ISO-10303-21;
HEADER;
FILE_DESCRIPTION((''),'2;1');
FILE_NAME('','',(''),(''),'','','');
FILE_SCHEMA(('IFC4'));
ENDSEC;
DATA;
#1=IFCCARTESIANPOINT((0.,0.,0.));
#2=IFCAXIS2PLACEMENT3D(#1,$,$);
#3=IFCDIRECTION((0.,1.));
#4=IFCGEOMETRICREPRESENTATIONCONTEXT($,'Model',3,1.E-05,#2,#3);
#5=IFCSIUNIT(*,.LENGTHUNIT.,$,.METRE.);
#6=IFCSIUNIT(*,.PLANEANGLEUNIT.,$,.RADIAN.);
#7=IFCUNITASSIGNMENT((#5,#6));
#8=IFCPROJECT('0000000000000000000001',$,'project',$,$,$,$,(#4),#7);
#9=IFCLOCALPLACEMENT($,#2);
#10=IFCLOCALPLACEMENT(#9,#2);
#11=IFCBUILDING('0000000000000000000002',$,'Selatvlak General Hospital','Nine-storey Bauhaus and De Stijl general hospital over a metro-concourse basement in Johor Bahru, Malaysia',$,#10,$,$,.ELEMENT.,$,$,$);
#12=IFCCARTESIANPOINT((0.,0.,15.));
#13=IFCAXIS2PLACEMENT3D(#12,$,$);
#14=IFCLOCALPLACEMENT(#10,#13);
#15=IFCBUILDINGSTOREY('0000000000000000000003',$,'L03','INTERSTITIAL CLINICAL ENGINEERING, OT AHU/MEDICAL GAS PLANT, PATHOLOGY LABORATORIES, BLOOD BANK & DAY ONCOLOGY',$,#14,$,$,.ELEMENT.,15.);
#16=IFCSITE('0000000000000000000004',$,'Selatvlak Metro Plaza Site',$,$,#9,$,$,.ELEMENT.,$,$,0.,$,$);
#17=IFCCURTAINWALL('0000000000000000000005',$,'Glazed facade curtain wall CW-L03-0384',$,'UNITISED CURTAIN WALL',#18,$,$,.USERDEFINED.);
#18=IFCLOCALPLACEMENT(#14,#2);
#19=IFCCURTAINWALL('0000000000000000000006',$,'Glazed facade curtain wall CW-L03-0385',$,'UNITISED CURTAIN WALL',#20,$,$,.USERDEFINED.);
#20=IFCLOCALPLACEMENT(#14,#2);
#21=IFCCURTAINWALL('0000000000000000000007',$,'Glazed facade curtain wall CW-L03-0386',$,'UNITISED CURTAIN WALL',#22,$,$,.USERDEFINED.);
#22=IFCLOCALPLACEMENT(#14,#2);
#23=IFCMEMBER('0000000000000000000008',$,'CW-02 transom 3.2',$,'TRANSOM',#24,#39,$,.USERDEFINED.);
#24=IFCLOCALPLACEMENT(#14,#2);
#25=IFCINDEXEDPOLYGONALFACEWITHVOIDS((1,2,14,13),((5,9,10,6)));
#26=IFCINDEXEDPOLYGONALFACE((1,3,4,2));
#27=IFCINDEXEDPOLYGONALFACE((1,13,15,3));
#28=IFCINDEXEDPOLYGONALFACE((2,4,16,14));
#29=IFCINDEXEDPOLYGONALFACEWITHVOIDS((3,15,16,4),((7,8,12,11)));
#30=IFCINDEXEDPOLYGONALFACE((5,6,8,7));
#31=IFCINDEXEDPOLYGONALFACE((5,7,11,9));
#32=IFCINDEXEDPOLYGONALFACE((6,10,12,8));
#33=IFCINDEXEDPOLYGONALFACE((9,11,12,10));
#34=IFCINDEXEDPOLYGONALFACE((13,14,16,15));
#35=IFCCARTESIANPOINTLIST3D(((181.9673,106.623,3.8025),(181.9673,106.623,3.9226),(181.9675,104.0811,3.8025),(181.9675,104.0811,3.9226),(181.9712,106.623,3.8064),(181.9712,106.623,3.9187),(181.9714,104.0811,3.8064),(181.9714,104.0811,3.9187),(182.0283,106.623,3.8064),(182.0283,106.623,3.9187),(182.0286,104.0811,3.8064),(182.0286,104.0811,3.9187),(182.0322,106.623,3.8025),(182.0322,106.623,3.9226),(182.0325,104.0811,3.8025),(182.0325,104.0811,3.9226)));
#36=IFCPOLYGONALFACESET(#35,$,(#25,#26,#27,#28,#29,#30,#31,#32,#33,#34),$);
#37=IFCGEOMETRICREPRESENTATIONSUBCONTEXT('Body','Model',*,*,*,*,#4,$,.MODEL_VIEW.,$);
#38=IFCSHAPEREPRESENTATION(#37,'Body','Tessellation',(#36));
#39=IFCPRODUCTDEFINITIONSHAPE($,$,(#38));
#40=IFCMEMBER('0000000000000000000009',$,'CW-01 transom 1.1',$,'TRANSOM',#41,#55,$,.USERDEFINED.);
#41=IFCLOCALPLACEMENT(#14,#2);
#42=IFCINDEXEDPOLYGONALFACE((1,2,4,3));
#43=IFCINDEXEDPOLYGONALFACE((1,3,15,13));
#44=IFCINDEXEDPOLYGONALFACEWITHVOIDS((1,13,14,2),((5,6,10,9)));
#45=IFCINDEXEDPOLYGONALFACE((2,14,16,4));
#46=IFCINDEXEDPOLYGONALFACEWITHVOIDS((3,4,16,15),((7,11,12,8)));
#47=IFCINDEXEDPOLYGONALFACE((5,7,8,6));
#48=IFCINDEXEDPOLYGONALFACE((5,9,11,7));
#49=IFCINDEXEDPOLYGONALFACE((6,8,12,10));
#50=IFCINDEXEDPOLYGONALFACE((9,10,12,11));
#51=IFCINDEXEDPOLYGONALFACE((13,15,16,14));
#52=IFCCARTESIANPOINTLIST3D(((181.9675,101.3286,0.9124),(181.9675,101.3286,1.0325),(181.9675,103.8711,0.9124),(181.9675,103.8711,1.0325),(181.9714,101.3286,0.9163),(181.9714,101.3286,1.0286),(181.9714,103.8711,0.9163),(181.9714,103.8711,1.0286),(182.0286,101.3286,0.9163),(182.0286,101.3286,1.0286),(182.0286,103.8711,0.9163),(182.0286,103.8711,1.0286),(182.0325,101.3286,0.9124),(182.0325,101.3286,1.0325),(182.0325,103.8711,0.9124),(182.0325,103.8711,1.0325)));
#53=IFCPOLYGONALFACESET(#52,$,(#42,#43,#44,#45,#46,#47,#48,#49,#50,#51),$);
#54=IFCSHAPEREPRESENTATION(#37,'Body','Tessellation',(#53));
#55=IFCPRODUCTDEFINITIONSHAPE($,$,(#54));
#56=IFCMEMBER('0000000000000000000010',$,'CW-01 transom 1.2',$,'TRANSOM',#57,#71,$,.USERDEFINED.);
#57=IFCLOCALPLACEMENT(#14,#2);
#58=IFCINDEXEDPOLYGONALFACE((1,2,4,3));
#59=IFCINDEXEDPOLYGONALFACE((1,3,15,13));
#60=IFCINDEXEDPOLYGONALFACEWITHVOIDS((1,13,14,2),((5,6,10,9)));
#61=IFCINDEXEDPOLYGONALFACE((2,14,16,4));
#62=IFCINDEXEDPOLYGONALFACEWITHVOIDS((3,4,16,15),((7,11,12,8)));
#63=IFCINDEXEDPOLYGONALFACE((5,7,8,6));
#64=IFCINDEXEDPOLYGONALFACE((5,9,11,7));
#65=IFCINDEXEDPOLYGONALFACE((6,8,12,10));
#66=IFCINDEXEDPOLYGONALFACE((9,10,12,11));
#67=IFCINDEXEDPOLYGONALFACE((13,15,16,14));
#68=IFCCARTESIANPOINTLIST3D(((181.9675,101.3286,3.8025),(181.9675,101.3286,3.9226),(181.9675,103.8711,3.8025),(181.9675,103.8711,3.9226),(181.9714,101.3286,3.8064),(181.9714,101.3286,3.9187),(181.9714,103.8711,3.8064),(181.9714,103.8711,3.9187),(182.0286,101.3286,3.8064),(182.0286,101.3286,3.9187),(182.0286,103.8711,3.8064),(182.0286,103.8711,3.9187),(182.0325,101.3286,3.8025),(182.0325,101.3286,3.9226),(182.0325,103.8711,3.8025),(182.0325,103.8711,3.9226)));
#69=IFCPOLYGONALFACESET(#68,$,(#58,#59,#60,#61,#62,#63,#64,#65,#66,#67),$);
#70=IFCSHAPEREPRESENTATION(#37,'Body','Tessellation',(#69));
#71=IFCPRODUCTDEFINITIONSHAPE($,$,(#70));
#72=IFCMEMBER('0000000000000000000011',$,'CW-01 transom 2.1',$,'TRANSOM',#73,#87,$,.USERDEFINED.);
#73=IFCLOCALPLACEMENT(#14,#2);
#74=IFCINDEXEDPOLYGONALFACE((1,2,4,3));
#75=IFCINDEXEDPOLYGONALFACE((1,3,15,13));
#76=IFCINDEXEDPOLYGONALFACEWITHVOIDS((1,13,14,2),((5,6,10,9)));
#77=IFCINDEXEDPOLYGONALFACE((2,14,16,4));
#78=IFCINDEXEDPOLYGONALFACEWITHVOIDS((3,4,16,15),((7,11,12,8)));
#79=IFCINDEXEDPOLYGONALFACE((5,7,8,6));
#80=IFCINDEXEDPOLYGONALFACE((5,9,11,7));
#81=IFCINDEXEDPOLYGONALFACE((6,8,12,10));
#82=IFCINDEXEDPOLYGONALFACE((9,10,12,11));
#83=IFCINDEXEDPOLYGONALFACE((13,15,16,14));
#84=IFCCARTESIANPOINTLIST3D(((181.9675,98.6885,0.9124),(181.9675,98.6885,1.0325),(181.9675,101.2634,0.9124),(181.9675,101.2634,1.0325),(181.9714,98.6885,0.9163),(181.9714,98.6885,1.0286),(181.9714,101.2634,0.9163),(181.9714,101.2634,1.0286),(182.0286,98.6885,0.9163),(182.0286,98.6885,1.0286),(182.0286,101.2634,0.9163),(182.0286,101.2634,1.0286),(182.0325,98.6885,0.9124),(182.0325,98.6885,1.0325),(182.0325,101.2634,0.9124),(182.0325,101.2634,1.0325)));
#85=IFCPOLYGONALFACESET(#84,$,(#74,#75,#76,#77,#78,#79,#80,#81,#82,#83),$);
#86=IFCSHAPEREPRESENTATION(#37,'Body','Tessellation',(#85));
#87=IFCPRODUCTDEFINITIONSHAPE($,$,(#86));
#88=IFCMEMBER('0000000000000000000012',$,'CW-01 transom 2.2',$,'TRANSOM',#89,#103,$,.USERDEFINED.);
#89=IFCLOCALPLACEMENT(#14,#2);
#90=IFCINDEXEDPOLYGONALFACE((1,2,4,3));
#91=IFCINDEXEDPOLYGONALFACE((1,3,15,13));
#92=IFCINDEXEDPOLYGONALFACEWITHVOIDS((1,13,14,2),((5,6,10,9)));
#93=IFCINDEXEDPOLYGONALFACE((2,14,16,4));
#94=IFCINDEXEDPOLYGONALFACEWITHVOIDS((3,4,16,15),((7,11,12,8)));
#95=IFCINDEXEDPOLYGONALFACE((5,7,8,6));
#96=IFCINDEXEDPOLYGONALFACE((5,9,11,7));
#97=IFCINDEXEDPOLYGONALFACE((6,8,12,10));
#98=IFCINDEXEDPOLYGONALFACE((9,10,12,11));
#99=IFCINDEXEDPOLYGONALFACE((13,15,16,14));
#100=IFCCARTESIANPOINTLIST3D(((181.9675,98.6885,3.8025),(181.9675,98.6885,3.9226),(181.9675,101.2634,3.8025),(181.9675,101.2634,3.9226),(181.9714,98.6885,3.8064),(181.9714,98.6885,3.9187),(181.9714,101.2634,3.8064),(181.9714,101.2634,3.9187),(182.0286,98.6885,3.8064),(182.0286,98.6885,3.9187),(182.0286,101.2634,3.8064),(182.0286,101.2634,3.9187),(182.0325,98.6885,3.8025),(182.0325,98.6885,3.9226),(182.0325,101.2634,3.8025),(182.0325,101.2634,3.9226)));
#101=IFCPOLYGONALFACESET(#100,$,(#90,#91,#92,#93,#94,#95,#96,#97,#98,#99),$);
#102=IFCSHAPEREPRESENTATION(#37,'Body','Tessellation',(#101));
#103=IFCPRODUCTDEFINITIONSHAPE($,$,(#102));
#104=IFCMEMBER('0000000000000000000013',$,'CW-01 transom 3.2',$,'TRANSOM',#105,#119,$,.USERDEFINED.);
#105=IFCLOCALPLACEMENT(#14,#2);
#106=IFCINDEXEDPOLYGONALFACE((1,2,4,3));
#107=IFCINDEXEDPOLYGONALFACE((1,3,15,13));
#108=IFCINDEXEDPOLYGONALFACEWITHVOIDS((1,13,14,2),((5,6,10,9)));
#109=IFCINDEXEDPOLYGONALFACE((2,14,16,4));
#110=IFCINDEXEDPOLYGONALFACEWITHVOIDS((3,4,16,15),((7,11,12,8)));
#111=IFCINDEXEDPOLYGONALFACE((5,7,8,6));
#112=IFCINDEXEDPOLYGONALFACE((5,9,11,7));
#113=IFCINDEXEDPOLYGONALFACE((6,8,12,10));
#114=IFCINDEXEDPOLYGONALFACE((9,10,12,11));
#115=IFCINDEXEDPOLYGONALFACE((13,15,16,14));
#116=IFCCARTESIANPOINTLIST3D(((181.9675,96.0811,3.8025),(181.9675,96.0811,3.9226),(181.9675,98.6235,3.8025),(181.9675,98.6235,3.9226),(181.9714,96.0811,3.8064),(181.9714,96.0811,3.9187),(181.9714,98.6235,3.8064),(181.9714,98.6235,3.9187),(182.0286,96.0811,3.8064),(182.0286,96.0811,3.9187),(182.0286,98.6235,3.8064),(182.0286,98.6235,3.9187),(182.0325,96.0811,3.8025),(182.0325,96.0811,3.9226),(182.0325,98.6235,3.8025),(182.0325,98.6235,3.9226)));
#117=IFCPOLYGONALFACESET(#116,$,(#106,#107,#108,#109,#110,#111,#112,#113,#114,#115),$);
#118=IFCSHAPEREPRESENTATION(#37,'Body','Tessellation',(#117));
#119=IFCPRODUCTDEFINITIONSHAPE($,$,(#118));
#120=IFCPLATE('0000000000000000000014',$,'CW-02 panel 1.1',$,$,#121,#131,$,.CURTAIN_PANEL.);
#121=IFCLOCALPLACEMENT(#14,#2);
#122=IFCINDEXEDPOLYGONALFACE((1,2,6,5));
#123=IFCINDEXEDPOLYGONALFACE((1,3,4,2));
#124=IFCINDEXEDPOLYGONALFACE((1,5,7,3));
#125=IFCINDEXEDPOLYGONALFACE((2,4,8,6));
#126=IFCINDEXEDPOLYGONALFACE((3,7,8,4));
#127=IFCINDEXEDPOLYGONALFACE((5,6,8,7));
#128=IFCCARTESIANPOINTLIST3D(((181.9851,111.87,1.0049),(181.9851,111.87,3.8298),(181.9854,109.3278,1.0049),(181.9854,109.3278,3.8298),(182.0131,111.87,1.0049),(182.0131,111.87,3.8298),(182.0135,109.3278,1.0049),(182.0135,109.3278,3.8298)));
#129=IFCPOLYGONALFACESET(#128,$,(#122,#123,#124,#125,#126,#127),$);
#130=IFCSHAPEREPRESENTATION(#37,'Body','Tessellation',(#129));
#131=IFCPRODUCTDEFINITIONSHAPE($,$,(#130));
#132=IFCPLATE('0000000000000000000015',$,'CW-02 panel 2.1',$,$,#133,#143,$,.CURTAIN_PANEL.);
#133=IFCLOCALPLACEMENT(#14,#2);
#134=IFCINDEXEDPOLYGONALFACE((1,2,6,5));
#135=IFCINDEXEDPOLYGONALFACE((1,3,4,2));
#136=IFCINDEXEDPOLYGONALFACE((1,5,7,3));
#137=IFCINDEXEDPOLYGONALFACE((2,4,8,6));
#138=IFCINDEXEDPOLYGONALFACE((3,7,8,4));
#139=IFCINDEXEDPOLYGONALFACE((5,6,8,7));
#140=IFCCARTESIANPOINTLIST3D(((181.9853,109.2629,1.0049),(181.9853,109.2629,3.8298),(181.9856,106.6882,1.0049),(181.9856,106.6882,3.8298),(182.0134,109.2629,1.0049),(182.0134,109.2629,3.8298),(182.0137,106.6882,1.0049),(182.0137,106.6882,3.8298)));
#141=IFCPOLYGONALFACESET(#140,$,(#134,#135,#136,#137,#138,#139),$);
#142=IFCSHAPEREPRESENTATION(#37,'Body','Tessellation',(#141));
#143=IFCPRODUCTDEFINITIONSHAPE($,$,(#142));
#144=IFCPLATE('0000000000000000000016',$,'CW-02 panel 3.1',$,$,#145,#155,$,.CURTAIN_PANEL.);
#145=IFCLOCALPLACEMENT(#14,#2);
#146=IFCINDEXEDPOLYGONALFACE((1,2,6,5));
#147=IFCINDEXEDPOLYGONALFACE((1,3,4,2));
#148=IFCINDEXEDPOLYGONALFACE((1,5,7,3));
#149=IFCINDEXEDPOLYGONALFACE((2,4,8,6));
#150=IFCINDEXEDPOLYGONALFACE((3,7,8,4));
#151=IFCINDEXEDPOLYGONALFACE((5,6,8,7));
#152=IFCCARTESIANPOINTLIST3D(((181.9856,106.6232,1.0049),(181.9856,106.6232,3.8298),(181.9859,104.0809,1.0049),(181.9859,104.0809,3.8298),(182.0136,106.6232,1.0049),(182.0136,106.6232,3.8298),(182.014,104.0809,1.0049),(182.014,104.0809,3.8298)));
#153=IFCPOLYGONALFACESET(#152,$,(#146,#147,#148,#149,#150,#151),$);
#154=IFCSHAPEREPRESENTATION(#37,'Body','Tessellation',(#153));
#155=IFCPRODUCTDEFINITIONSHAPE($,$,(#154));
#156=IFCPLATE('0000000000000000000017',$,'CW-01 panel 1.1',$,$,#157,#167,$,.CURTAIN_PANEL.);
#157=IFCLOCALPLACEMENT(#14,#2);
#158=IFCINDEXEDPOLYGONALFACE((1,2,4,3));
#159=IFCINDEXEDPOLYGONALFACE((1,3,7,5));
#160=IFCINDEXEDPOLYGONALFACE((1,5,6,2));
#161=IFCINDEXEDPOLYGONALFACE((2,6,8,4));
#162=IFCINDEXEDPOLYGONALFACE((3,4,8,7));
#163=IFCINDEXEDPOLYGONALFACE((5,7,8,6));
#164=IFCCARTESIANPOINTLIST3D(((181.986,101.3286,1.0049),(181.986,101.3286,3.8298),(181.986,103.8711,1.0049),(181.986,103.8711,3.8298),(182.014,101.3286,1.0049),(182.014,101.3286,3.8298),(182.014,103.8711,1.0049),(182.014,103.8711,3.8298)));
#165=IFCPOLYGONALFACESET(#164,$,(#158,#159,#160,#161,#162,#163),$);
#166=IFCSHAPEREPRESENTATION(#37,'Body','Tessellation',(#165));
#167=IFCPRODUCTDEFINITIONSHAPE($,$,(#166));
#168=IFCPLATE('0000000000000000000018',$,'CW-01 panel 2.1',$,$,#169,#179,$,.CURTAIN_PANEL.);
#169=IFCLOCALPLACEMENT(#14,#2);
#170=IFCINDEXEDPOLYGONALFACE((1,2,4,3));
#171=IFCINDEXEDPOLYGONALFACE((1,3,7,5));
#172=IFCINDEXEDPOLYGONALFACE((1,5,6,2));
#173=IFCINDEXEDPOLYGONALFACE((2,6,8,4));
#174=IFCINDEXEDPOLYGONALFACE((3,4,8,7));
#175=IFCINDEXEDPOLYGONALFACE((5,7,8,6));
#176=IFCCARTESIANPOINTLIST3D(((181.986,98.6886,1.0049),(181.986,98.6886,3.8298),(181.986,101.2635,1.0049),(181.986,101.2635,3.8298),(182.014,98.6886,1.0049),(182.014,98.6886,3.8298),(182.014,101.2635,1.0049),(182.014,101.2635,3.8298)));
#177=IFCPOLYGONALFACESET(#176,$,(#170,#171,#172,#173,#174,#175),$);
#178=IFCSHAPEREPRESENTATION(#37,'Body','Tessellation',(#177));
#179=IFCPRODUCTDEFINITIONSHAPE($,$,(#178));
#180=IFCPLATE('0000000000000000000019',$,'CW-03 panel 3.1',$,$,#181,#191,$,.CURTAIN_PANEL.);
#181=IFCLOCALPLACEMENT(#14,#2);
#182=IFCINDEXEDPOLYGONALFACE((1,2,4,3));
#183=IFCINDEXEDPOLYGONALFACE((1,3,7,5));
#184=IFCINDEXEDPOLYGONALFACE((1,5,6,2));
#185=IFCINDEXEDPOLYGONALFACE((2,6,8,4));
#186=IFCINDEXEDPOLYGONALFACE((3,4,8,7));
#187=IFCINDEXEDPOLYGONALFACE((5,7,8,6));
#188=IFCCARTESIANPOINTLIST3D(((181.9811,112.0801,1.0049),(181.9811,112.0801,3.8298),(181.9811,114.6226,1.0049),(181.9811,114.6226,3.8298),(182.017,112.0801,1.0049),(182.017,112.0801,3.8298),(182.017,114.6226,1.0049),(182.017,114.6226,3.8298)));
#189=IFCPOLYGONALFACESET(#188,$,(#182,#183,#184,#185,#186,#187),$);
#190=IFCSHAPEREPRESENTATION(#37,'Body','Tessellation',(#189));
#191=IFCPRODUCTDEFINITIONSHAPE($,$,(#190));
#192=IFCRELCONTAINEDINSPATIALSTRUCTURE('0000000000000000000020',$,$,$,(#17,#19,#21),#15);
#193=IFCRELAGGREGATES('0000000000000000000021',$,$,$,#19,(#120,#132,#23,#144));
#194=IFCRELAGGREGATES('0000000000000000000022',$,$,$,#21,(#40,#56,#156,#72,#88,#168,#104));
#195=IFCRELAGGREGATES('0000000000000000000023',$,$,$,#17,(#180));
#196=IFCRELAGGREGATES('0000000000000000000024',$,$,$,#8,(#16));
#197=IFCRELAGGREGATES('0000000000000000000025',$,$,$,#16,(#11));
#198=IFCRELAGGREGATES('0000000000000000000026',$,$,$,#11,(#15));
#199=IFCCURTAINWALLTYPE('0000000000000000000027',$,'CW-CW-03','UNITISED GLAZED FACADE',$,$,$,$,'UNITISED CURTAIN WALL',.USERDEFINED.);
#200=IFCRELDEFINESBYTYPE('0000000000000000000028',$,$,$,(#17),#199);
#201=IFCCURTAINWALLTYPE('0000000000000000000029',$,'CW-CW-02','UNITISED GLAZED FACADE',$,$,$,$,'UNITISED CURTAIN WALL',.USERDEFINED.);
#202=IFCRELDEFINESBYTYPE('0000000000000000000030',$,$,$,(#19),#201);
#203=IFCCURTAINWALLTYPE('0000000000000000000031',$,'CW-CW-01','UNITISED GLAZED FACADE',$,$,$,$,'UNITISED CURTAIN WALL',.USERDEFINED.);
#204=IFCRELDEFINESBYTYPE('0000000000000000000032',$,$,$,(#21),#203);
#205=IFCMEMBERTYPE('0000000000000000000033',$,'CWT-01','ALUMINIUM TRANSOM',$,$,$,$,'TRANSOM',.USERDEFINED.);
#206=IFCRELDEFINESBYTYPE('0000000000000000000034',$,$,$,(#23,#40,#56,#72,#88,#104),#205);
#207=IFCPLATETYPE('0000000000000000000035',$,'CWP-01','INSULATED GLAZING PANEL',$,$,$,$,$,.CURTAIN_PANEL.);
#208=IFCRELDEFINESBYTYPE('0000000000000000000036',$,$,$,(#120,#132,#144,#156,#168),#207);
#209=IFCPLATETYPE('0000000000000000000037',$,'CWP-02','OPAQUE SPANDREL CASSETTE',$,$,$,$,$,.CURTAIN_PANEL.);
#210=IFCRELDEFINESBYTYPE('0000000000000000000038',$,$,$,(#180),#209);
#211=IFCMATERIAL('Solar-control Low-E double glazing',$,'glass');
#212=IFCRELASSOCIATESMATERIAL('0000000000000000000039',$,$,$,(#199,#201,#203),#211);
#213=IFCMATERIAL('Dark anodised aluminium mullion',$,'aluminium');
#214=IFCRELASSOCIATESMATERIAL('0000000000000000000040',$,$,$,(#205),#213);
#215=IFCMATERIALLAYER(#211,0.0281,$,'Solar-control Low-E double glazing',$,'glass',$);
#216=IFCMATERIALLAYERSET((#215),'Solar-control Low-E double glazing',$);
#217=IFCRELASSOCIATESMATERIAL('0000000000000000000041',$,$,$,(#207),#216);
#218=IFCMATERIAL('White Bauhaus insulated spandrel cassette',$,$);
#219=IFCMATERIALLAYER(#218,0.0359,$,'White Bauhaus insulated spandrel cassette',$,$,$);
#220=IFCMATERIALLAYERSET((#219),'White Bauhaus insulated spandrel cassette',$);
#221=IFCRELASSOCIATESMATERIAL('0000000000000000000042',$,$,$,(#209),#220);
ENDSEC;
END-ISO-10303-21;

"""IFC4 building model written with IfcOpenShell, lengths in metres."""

from ifc_helpers import new_model, si_unit, direction, frame, origin, origin_2d, place, context, subcontext, project, spatial, rectangle, hollow_rectangle, extrude, material, layer, layer_set, material_profile, profile_set, type_object, element, aggregate, save


model = new_model("IFC4")

# Units and contexts
model_context = context("Model", 3, precision=1e-05, world=origin(), true_north=direction((0.0, 1.0)))
body_context = subcontext(model_context, "Body", "Model", "MODEL_VIEW")
ifc_project = project(units=[si_unit("LENGTHUNIT", "METRE"), si_unit("PLANEANGLEUNIT", "RADIAN")], contexts=[model_context])

# Site, building, storey
site_placement = place(None, origin())
site = spatial("IfcSite", under=ifc_project, at=site_placement, Name="Selatvlak Metro Plaza Site", CompositionType="ELEMENT", RefElevation=0.0)
building_placement = place(site_placement, origin())
building = spatial("IfcBuilding", under=site, at=building_placement, Name="Selatvlak General Hospital", Description="Nine-storey Bauhaus and De Stijl general hospital over a metro-concourse basement in Johor Bahru, Malaysia", CompositionType="ELEMENT")
storey_placement = place(building_placement, frame((0.0, 0.0, 15.0)))
storey = spatial("IfcBuildingStorey", under=building, at=storey_placement, Name="L03", Description="INTERSTITIAL CLINICAL ENGINEERING, OT AHU/MEDICAL GAS PLANT, PATHOLOGY LABORATORIES, BLOOD BANK & DAY ONCOLOGY", CompositionType="ELEMENT", Elevation=15.0)

# Curtain wall
ifc_material_1 = material(Name="Solar-control Low-E double glazing", Category="glass")
curtain_wall_type_1 = type_object("IfcCurtainWallType", Name="CW-CW-03", Description="UNITISED GLAZED FACADE", ElementType="UNITISED CURTAIN WALL", PredefinedType="USERDEFINED", material=ifc_material_1)
curtain_wall_1_placement = place(storey_placement, origin())
curtain_wall_1 = element("IfcCurtainWall", 1, at=curtain_wall_1_placement, inside=storey, type_object=curtain_wall_type_1, Name="Glazed facade curtain wall CW-L03-0384", ObjectType="UNITISED CURTAIN WALL", PredefinedType="USERDEFINED")
ifc_material_2 = material(Name="Dark anodised aluminium mullion", Category="aluminium")

# Curtain walls
curtain_wall_type_2 = type_object("IfcCurtainWallType", Name="CW-CW-02", Description="UNITISED GLAZED FACADE", ElementType="UNITISED CURTAIN WALL", PredefinedType="USERDEFINED", material=ifc_material_1)
curtain_wall_2_placement = place(storey_placement, origin())
curtain_wall_2 = element("IfcCurtainWall", 2, at=curtain_wall_2_placement, inside=storey, type_object=curtain_wall_type_2, Name="Glazed facade curtain wall CW-L03-0385", ObjectType="UNITISED CURTAIN WALL", PredefinedType="USERDEFINED")
curtain_wall_type_3 = type_object("IfcCurtainWallType", Name="CW-CW-01", Description="UNITISED GLAZED FACADE", ElementType="UNITISED CURTAIN WALL", PredefinedType="USERDEFINED", material=ifc_material_1)
curtain_wall_3_placement = place(storey_placement, origin())
curtain_wall_3 = element("IfcCurtainWall", 3, at=curtain_wall_3_placement, inside=storey, type_object=curtain_wall_type_3, Name="Glazed facade curtain wall CW-L03-0386", ObjectType="UNITISED CURTAIN WALL", PredefinedType="USERDEFINED")

# Members
ifc_material_profile_1 = material_profile(ifc_material_2, hollow_rectangle(XDim=0.0649, YDim=0.1201, WallThickness=0.0039, at=origin_2d()), Name="AL-TRN 65x120x4")
ifc_profile_set_1 = profile_set([ifc_material_profile_1], Name="Dark anodised aluminium mullion")
member_type_1 = type_object("IfcMemberType", Name="CWT-01", Description="ALUMINIUM TRANSOM", ElementType="TRANSOM", PredefinedType="USERDEFINED", material=ifc_profile_set_1)
member_1_placement = place(storey_placement, frame((181.9998, 106.623, 3.8625), z_axis=(0.000096, -1.0, 0.0), x_axis=(1.0, 0.000096, 0.0)))
member_1 = element("IfcMember", 4, at=member_1_placement, type_object=member_type_1, Name="CW-02 transom 3.2", ObjectType="TRANSOM", PredefinedType="USERDEFINED", context=body_context, shape_type="SweptSolid", body=[
    extrude(hollow_rectangle(XDim=0.0649, YDim=0.1201, WallThickness=0.0039, at=origin_2d()), origin(), (0.0, 0.0, 1.0), 2.542),
])
member_2_placement = place(storey_placement, frame((182.0, 103.8711, 0.9724), z_axis=(0.0, -1.0, 0.0), x_axis=(1.0, 0.0, 0.0)))
member_2 = element("IfcMember", 5, at=member_2_placement, type_object=member_type_1, Name="CW-01 transom 1.1", ObjectType="TRANSOM", PredefinedType="USERDEFINED", context=body_context, shape_type="SweptSolid", body=[
    extrude(hollow_rectangle(XDim=0.0649, YDim=0.1201, WallThickness=0.0039, at=origin_2d()), origin(), (0.0, 0.0, 1.0), 2.5425),
])
member_3_placement = place(storey_placement, frame((182.0, 103.8711, 3.8625), z_axis=(0.0, -1.0, 0.0), x_axis=(1.0, 0.0, 0.0)))
member_3 = element("IfcMember", 6, at=member_3_placement, type_object=member_type_1, Name="CW-01 transom 1.2", ObjectType="TRANSOM", PredefinedType="USERDEFINED", context=body_context, shape_type="SweptSolid", body=[
    extrude(hollow_rectangle(XDim=0.0649, YDim=0.1201, WallThickness=0.0039, at=origin_2d()), origin(), (0.0, 0.0, 1.0), 2.5425),
])
member_4_placement = place(storey_placement, frame((182.0, 101.2634, 0.9724), z_axis=(0.0, -1.0, 0.0), x_axis=(1.0, 0.0, 0.0)))
member_4 = element("IfcMember", 7, at=member_4_placement, type_object=member_type_1, Name="CW-01 transom 2.1", ObjectType="TRANSOM", PredefinedType="USERDEFINED", context=body_context, shape_type="SweptSolid", body=[
    extrude(hollow_rectangle(XDim=0.0649, YDim=0.1201, WallThickness=0.0039, at=origin_2d()), origin(), (0.0, 0.0, 1.0), 2.575),
])
member_5_placement = place(storey_placement, frame((182.0, 101.2634, 3.8625), z_axis=(0.0, -1.0, 0.0), x_axis=(1.0, 0.0, 0.0)))
member_5 = element("IfcMember", 8, at=member_5_placement, type_object=member_type_1, Name="CW-01 transom 2.2", ObjectType="TRANSOM", PredefinedType="USERDEFINED", context=body_context, shape_type="SweptSolid", body=[
    extrude(hollow_rectangle(XDim=0.0649, YDim=0.1201, WallThickness=0.0039, at=origin_2d()), origin(), (0.0, 0.0, 1.0), 2.575),
])
member_6_placement = place(storey_placement, frame((182.0, 98.6235, 3.8625), z_axis=(0.0, -1.0, 0.0), x_axis=(1.0, 0.0, 0.0)))
member_6 = element("IfcMember", 9, at=member_6_placement, type_object=member_type_1, Name="CW-01 transom 3.2", ObjectType="TRANSOM", PredefinedType="USERDEFINED", context=body_context, shape_type="SweptSolid", body=[
    extrude(hollow_rectangle(XDim=0.0649, YDim=0.1201, WallThickness=0.0039, at=origin_2d()), origin(), (0.0, 0.0, 1.0), 2.5425),
])

# Plates
ifc_layer_1 = layer(ifc_material_1, 0.0281, Name="Solar-control Low-E double glazing", Category="glass")
ifc_layer_set_1 = layer_set([ifc_layer_1], Name="Solar-control Low-E double glazing")
plate_type_1 = type_object("IfcPlateType", Name="CWP-01", Description="INSULATED GLAZING PANEL", PredefinedType="CURTAIN_PANEL", material=ifc_layer_set_1)
plate_1_placement = place(storey_placement, frame((181.9993, 110.5989, 1.0049), z_axis=(0.0, 0.0, 1.0), x_axis=(0.000126, -1.0, 0.0)))
plate_1 = element("IfcPlate", 10, at=plate_1_placement, type_object=plate_type_1, Name="CW-02 panel 1.1", PredefinedType="CURTAIN_PANEL", context=body_context, shape_type="SweptSolid", body=[
    extrude(rectangle(XDim=2.5422, YDim=0.0281, at=origin_2d()), origin(), (0.0, 0.0, 1.0), 2.825),
])
plate_2_placement = place(storey_placement, frame((181.9995, 107.9756, 1.0049), z_axis=(0.0, 0.0, 1.0), x_axis=(0.000126, -1.0, 0.0)))
plate_2 = element("IfcPlate", 11, at=plate_2_placement, type_object=plate_type_1, Name="CW-02 panel 2.1", PredefinedType="CURTAIN_PANEL", context=body_context, shape_type="SweptSolid", body=[
    extrude(rectangle(XDim=2.5747, YDim=0.0281, at=origin_2d()), origin(), (0.0, 0.0, 1.0), 2.825),
])
plate_3_placement = place(storey_placement, frame((181.9998, 105.3521, 1.0049), z_axis=(0.0, 0.0, 1.0), x_axis=(0.000126, -1.0, 0.0)))
plate_3 = element("IfcPlate", 12, at=plate_3_placement, type_object=plate_type_1, Name="CW-02 panel 3.1", PredefinedType="CURTAIN_PANEL", context=body_context, shape_type="SweptSolid", body=[
    extrude(rectangle(XDim=2.5422, YDim=0.0281, at=origin_2d()), origin(), (0.0, 0.0, 1.0), 2.825),
])
aggregate(curtain_wall_2, [plate_1, plate_2, member_1, plate_3])
plate_4_placement = place(storey_placement, frame((182.0, 102.5999, 1.0049), z_axis=(0.0, 0.0, 1.0), x_axis=(0.0, -1.0, 0.0)))
plate_4 = element("IfcPlate", 13, at=plate_4_placement, type_object=plate_type_1, Name="CW-01 panel 1.1", PredefinedType="CURTAIN_PANEL", context=body_context, shape_type="SweptSolid", body=[
    extrude(rectangle(XDim=2.5425, YDim=0.0281, at=origin_2d()), origin(), (0.0, 0.0, 1.0), 2.825),
])
plate_5_placement = place(storey_placement, frame((182.0, 99.9761, 1.0049), z_axis=(0.0, 0.0, 1.0), x_axis=(0.0, -1.0, 0.0)))
plate_5 = element("IfcPlate", 14, at=plate_5_placement, type_object=plate_type_1, Name="CW-01 panel 2.1", PredefinedType="CURTAIN_PANEL", context=body_context, shape_type="SweptSolid", body=[
    extrude(rectangle(XDim=2.575, YDim=0.0281, at=origin_2d()), origin(), (0.0, 0.0, 1.0), 2.825),
])
aggregate(curtain_wall_3, [member_2, member_3, plate_4, member_4, member_5, plate_5, member_6])
ifc_material_3 = material(Name="White Bauhaus insulated spandrel cassette")
ifc_layer_2 = layer(ifc_material_3, 0.0359, Name="White Bauhaus insulated spandrel cassette")
ifc_layer_set_2 = layer_set([ifc_layer_2], Name="White Bauhaus insulated spandrel cassette")
plate_type_2 = type_object("IfcPlateType", Name="CWP-02", Description="OPAQUE SPANDREL CASSETTE", PredefinedType="CURTAIN_PANEL", material=ifc_layer_set_2)
plate_6_placement = place(storey_placement, frame((181.999, 113.3513, 1.0049), z_axis=(0.0, 0.0, 1.0), x_axis=(0.0, -1.0, 0.0)))
plate_6 = element("IfcPlate", 15, at=plate_6_placement, type_object=plate_type_2, Name="CW-03 panel 3.1", PredefinedType="CURTAIN_PANEL", context=body_context, shape_type="SweptSolid", body=[
    extrude(rectangle(XDim=2.5425, YDim=0.0359, at=origin_2d()), origin(), (0.0, 0.0, 1.0), 2.825),
])
aggregate(curtain_wall_1, [plate_6])

save(model, "model.ifc")
